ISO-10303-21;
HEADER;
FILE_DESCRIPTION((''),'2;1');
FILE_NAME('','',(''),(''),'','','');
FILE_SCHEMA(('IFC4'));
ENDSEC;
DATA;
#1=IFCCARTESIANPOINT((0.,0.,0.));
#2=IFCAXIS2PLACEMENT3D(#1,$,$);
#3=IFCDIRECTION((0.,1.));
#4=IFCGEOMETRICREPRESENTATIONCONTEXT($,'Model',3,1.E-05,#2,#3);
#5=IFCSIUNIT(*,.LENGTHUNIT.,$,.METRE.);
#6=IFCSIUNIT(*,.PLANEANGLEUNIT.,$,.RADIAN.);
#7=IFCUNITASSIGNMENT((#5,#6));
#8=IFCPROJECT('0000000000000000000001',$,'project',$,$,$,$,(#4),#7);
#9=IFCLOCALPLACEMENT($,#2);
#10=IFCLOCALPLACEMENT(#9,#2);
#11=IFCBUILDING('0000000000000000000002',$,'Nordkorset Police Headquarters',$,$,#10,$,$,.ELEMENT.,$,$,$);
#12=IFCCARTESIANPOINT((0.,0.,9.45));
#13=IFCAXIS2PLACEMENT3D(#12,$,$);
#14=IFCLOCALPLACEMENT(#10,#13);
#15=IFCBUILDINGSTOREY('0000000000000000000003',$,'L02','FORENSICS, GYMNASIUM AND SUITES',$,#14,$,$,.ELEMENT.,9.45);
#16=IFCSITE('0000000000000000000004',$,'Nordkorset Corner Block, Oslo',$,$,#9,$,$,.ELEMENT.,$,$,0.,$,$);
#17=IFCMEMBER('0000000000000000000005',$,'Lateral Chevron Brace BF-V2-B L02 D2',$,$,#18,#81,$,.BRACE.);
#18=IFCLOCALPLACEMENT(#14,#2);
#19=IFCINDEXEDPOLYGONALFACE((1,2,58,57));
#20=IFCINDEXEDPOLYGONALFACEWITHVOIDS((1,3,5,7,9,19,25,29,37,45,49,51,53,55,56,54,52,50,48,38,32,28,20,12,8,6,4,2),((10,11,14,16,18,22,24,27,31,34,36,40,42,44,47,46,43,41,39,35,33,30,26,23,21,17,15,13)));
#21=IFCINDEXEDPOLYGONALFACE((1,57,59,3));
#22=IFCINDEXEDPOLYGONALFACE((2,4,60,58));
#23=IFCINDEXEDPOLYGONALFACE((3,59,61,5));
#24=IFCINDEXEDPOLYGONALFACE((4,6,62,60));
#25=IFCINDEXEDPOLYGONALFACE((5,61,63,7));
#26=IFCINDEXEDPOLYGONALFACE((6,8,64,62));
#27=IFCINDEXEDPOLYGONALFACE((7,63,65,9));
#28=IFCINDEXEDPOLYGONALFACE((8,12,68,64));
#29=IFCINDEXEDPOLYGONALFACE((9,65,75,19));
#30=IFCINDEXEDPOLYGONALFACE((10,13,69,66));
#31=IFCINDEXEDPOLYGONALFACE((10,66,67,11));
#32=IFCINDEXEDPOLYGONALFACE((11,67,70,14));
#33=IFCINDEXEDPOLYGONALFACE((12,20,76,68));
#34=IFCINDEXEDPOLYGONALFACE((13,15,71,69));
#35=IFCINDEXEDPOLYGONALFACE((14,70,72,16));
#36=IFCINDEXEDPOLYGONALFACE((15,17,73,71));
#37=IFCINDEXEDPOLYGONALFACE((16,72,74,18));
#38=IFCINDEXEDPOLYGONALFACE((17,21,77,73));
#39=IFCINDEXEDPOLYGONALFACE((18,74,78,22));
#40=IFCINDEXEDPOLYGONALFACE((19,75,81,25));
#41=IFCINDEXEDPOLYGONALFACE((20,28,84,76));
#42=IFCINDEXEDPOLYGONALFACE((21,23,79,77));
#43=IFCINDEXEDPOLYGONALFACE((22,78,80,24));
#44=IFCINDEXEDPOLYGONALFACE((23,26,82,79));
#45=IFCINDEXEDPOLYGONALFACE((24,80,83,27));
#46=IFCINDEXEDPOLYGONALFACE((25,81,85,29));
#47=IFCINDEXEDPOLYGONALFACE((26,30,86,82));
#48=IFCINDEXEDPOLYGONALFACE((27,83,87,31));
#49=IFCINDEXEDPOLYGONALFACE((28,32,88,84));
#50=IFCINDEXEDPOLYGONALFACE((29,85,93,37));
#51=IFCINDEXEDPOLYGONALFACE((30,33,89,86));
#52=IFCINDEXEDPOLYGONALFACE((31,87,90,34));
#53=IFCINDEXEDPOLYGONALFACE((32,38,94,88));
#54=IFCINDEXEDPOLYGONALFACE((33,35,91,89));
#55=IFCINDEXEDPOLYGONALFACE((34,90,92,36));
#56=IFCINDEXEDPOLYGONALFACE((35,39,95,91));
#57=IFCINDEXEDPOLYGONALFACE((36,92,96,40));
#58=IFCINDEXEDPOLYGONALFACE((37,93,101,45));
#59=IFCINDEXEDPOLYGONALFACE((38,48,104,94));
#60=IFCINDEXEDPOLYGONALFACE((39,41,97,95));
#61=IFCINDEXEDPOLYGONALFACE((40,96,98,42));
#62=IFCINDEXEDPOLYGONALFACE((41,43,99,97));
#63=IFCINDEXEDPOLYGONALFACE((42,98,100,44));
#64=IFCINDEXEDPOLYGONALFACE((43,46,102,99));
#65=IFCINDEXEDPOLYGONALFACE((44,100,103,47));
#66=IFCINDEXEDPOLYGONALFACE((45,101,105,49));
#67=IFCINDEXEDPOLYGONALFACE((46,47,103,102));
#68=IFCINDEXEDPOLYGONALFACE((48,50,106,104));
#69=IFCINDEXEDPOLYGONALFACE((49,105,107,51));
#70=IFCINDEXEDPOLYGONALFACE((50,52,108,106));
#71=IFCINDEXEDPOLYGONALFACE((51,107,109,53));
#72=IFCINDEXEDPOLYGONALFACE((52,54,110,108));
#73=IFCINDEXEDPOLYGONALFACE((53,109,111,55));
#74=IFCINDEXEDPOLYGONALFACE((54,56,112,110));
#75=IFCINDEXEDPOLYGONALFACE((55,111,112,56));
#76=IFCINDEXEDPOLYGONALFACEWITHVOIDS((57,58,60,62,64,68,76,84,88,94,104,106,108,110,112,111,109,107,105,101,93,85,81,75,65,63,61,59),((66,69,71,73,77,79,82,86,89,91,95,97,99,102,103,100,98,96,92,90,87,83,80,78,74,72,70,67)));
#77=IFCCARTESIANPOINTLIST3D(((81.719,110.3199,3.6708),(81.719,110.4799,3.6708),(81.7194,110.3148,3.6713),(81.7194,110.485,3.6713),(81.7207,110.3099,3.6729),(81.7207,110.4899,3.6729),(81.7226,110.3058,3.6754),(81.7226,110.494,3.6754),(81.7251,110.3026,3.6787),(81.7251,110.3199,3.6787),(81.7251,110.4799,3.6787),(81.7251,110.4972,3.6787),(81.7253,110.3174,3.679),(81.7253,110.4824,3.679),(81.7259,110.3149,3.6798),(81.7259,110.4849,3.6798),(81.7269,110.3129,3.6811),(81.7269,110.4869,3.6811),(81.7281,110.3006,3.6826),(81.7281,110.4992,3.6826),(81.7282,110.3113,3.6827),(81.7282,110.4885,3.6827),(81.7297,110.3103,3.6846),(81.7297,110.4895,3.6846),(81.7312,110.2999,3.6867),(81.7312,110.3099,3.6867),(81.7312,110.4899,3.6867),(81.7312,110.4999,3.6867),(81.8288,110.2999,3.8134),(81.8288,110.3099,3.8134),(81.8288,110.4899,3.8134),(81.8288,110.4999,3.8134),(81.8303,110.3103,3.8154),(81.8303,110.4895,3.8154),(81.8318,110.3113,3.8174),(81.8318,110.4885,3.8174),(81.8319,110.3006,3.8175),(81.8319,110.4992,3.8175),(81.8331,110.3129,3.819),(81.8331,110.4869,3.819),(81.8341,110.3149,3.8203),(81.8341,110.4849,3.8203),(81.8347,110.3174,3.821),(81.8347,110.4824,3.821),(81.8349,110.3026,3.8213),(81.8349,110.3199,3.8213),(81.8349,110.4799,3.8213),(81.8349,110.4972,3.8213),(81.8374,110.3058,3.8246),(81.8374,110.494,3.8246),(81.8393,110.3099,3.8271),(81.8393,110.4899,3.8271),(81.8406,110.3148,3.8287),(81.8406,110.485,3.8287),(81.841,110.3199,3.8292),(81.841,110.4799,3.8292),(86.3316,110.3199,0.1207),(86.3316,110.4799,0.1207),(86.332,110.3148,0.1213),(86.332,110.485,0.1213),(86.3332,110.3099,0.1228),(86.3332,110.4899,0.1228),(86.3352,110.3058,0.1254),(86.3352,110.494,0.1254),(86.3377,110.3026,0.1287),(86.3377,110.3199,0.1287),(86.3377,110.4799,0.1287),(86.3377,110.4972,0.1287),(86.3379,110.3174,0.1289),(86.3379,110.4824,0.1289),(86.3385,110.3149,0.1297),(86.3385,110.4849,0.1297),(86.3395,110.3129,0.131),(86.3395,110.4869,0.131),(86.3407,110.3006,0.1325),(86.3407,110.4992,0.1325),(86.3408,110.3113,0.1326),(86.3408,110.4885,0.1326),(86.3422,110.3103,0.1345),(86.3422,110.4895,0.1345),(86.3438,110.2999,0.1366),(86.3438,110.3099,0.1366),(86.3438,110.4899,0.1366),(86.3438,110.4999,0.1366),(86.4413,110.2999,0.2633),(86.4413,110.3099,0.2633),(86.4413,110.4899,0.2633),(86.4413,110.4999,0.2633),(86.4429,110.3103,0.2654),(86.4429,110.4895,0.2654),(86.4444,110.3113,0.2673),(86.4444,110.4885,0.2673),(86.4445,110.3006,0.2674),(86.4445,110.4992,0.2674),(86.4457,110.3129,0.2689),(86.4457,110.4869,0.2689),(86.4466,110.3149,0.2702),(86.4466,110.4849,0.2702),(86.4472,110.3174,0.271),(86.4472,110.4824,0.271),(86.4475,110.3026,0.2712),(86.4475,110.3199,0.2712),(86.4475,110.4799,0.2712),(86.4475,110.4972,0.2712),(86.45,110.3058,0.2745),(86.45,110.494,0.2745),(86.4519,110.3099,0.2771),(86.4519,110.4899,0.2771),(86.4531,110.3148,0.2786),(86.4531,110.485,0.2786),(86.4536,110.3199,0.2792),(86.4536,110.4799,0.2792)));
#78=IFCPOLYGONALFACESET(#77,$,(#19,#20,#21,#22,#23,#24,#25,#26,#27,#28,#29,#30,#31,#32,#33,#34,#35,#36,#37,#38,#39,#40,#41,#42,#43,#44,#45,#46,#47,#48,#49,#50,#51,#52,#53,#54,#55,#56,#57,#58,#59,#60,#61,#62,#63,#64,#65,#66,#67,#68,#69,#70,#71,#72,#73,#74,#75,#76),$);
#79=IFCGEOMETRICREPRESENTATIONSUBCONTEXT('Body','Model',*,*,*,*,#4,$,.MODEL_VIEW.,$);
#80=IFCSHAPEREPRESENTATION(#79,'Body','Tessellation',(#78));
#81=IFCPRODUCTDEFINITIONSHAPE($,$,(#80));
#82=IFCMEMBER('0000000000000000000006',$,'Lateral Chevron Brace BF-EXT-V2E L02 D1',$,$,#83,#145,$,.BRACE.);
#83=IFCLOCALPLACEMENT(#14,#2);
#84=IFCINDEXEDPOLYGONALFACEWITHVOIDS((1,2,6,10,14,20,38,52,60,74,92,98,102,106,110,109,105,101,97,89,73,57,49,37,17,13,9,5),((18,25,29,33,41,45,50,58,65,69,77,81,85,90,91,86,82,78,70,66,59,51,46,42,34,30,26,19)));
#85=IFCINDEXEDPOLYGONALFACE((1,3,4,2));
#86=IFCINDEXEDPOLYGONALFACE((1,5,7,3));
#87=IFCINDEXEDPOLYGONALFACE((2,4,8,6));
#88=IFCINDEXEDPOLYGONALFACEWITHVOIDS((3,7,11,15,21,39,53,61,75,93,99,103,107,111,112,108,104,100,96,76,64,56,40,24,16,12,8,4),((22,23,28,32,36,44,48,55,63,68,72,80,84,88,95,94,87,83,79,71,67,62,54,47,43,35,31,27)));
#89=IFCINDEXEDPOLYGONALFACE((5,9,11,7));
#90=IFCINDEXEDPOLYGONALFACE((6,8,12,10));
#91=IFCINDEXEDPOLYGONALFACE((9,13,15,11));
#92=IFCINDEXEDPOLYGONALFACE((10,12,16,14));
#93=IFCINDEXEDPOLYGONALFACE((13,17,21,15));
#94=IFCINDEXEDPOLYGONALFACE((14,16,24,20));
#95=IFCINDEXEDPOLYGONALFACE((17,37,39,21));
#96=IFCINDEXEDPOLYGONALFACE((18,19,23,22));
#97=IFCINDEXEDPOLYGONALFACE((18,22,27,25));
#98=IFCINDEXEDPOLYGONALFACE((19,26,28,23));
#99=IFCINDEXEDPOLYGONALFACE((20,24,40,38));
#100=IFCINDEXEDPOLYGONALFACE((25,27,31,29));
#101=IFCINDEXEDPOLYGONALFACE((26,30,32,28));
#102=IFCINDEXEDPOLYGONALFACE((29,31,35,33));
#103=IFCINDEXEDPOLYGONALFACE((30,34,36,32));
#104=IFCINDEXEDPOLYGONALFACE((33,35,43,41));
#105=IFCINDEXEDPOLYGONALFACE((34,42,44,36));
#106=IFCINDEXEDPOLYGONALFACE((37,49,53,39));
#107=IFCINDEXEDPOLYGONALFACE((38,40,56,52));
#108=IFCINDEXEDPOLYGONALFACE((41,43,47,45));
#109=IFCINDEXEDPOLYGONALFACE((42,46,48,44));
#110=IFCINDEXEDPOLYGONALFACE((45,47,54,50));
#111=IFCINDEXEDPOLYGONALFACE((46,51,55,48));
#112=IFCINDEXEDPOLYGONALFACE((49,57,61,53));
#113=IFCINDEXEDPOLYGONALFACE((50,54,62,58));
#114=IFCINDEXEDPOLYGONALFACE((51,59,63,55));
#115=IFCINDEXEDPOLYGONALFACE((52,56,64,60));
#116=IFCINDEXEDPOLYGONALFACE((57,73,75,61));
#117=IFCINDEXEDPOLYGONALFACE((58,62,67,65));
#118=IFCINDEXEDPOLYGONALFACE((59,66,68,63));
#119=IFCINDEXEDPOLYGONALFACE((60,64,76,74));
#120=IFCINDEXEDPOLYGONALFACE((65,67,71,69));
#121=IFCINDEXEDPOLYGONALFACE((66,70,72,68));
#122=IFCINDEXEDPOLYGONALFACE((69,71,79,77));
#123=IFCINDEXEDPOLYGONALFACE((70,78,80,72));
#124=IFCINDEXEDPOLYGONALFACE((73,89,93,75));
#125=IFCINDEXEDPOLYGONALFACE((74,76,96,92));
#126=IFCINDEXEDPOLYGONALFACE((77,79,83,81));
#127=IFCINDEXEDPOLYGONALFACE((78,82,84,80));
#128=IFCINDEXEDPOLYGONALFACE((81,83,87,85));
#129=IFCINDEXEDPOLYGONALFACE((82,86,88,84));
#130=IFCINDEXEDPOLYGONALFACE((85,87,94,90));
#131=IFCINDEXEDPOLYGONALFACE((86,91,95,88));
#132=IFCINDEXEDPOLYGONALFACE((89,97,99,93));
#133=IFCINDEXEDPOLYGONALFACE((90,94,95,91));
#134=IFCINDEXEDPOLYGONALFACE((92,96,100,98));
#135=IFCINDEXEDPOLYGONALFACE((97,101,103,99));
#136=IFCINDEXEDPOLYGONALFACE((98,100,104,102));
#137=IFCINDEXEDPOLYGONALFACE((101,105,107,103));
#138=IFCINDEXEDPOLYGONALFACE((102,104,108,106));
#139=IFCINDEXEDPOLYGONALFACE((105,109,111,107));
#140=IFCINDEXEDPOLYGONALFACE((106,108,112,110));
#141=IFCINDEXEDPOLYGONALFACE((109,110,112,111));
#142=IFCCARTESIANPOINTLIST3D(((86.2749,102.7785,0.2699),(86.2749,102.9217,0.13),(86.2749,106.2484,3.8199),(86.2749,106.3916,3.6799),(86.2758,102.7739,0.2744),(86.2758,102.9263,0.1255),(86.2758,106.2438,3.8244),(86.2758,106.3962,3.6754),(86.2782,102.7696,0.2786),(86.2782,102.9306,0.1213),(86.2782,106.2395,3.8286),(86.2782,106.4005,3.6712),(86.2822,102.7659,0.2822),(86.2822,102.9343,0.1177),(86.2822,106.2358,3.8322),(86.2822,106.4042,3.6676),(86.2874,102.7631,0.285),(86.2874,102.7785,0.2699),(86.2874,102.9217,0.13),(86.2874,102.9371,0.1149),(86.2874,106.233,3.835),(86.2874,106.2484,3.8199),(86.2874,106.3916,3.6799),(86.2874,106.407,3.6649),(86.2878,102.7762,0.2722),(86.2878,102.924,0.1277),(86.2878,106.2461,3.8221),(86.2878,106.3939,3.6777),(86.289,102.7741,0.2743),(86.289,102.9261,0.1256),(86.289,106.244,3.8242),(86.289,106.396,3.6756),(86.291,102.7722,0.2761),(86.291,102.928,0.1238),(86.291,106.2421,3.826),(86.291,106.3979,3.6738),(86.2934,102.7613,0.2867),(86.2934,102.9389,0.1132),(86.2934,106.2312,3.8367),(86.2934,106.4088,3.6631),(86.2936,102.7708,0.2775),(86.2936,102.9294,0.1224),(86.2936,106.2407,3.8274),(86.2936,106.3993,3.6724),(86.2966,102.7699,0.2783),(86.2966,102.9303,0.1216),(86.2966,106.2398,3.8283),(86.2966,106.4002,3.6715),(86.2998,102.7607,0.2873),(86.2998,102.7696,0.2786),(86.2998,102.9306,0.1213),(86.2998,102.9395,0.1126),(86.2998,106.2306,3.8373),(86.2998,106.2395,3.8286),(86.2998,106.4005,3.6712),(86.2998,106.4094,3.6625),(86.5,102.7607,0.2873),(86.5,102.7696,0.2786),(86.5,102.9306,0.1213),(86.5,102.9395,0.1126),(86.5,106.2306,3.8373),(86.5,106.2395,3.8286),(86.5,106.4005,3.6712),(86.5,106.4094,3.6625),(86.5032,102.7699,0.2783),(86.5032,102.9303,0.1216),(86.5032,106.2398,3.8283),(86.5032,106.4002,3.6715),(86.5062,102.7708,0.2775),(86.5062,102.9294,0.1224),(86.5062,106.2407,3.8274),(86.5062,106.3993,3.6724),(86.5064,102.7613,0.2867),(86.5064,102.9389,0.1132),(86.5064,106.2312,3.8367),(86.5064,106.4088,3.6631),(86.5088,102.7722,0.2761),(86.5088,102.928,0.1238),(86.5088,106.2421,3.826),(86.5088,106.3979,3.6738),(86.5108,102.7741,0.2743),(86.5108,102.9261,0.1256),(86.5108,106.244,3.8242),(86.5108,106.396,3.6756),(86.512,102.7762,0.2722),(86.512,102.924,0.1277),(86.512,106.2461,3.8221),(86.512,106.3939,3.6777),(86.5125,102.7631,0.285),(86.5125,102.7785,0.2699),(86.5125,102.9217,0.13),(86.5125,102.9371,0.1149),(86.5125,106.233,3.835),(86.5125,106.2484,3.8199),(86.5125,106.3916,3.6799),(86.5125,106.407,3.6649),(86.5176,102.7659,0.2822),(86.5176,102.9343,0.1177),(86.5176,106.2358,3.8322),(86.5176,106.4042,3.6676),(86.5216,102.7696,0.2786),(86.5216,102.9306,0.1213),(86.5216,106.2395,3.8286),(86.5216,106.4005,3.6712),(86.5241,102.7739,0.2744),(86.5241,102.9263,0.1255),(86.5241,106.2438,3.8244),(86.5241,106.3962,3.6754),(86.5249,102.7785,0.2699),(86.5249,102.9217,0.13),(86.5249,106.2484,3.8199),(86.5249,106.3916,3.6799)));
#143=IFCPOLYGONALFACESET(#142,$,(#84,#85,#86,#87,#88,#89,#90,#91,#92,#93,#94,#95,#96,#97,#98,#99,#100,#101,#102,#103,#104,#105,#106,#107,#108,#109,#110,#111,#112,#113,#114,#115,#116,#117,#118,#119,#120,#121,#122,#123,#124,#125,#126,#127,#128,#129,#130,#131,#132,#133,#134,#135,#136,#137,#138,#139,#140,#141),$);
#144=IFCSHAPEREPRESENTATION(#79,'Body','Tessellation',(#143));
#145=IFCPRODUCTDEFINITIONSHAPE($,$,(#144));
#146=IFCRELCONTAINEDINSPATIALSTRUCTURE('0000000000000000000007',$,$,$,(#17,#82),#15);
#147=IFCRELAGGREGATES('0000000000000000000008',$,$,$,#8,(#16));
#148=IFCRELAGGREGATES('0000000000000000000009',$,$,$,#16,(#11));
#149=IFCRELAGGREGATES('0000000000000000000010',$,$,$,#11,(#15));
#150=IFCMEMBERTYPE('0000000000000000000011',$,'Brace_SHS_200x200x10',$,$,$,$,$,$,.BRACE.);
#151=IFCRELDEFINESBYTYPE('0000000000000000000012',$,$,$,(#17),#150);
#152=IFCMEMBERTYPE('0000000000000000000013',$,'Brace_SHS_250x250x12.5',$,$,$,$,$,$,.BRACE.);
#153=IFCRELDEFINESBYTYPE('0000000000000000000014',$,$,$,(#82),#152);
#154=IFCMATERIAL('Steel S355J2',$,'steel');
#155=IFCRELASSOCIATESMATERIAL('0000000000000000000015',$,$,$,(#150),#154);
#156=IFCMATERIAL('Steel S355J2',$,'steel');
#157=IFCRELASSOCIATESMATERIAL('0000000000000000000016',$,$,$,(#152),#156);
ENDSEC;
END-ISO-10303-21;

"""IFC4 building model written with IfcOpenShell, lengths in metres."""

from ifc_helpers import new_model, si_unit, direction, frame, origin, origin_2d, place, context, subcontext, project, spatial, hollow_rectangle, extrude, material, material_profile, profile_set, type_object, element, save


model = new_model("IFC4")

# Units and contexts
model_context = context("Model", 3, precision=1e-05, world=origin(), true_north=direction((0.0, 1.0)))
body_context = subcontext(model_context, "Body", "Model", "MODEL_VIEW")
ifc_project = project(units=[si_unit("LENGTHUNIT", "METRE"), si_unit("PLANEANGLEUNIT", "RADIAN")], contexts=[model_context])

# Site, building, storey
site_placement = place(None, origin())
site = spatial("IfcSite", under=ifc_project, at=site_placement, Name="Nordkorset Corner Block, Oslo", CompositionType="ELEMENT", RefElevation=0.0)
building_placement = place(site_placement, origin())
building = spatial("IfcBuilding", under=site, at=building_placement, Name="Nordkorset Police Headquarters", CompositionType="ELEMENT")
storey_placement = place(building_placement, frame((0.0, 0.0, 9.45)))
storey = spatial("IfcBuildingStorey", under=building, at=storey_placement, Name="L02", Description="FORENSICS, GYMNASIUM AND SUITES", CompositionType="ELEMENT", Elevation=9.45)

# Members
ifc_material_1 = material(Name="Steel S355J2", Category="steel")
ifc_material_profile_1 = material_profile(ifc_material_1, hollow_rectangle(XDim=0.2, YDim=0.2, WallThickness=0.01, InnerFilletRadius=0.01, OuterFilletRadius=0.02, at=origin_2d()), Name="SHS 200x200x10")
ifc_profile_set_1 = profile_set([ifc_material_profile_1], Name="Steel S355J2")
member_type_1 = type_object("IfcMemberType", Name="Brace_SHS_200x200x10", PredefinedType="BRACE", material=ifc_profile_set_1)
member_1_placement = place(storey_placement, frame((86.3926, 110.3999, 0.2), z_axis=(-0.792463, 0.0, 0.60992), x_axis=(0.0, -1.0, 0.0)))
element("IfcMember", 1, at=member_1_placement, inside=storey, type_object=member_type_1, Name="Lateral Chevron Brace BF-V2-B L02 D2", PredefinedType="BRACE", context=body_context, shape_type="SweptSolid", body=[
    extrude(hollow_rectangle(XDim=0.2, YDim=0.2, WallThickness=0.01, InnerFilletRadius=0.01, OuterFilletRadius=0.02, at=origin_2d()), origin(), (0.0, 0.0, 1.0), 5.8206),
])
ifc_material_2 = material(Name="Steel S355J2", Category="steel")
ifc_material_profile_2 = material_profile(ifc_material_2, hollow_rectangle(XDim=0.25, YDim=0.25, WallThickness=0.0125, InnerFilletRadius=0.0125, OuterFilletRadius=0.0249, at=origin_2d()), Name="SHS 250x250x12.5")
ifc_profile_set_2 = profile_set([ifc_material_profile_2], Name="Steel S355J2")
member_type_2 = type_object("IfcMemberType", Name="Brace_SHS_250x250x12.5", PredefinedType="BRACE", material=ifc_profile_set_2)
for number, where, z_axis, x_axis, name in (
    (2, (86.3999, 102.8501, 0.2), (0.0, 0.698995, 0.715126), (-1.0, 0.0, 0.0), "Lateral Chevron Brace BF-EXT-V2E L02 D1"),
):
    element("IfcMember", number, at=place(storey_placement, frame(where, z_axis=z_axis, x_axis=x_axis)), inside=storey, type_object=member_type_2, Name=name, PredefinedType="BRACE", context=body_context, shape_type="SweptSolid", body=[
        extrude(hollow_rectangle(XDim=0.25, YDim=0.25, WallThickness=0.0125, InnerFilletRadius=0.0125, OuterFilletRadius=0.0249, at=origin_2d()), origin(), (0.0, 0.0, 1.0), 4.9641),
    ])

save(model, "model.ifc")
